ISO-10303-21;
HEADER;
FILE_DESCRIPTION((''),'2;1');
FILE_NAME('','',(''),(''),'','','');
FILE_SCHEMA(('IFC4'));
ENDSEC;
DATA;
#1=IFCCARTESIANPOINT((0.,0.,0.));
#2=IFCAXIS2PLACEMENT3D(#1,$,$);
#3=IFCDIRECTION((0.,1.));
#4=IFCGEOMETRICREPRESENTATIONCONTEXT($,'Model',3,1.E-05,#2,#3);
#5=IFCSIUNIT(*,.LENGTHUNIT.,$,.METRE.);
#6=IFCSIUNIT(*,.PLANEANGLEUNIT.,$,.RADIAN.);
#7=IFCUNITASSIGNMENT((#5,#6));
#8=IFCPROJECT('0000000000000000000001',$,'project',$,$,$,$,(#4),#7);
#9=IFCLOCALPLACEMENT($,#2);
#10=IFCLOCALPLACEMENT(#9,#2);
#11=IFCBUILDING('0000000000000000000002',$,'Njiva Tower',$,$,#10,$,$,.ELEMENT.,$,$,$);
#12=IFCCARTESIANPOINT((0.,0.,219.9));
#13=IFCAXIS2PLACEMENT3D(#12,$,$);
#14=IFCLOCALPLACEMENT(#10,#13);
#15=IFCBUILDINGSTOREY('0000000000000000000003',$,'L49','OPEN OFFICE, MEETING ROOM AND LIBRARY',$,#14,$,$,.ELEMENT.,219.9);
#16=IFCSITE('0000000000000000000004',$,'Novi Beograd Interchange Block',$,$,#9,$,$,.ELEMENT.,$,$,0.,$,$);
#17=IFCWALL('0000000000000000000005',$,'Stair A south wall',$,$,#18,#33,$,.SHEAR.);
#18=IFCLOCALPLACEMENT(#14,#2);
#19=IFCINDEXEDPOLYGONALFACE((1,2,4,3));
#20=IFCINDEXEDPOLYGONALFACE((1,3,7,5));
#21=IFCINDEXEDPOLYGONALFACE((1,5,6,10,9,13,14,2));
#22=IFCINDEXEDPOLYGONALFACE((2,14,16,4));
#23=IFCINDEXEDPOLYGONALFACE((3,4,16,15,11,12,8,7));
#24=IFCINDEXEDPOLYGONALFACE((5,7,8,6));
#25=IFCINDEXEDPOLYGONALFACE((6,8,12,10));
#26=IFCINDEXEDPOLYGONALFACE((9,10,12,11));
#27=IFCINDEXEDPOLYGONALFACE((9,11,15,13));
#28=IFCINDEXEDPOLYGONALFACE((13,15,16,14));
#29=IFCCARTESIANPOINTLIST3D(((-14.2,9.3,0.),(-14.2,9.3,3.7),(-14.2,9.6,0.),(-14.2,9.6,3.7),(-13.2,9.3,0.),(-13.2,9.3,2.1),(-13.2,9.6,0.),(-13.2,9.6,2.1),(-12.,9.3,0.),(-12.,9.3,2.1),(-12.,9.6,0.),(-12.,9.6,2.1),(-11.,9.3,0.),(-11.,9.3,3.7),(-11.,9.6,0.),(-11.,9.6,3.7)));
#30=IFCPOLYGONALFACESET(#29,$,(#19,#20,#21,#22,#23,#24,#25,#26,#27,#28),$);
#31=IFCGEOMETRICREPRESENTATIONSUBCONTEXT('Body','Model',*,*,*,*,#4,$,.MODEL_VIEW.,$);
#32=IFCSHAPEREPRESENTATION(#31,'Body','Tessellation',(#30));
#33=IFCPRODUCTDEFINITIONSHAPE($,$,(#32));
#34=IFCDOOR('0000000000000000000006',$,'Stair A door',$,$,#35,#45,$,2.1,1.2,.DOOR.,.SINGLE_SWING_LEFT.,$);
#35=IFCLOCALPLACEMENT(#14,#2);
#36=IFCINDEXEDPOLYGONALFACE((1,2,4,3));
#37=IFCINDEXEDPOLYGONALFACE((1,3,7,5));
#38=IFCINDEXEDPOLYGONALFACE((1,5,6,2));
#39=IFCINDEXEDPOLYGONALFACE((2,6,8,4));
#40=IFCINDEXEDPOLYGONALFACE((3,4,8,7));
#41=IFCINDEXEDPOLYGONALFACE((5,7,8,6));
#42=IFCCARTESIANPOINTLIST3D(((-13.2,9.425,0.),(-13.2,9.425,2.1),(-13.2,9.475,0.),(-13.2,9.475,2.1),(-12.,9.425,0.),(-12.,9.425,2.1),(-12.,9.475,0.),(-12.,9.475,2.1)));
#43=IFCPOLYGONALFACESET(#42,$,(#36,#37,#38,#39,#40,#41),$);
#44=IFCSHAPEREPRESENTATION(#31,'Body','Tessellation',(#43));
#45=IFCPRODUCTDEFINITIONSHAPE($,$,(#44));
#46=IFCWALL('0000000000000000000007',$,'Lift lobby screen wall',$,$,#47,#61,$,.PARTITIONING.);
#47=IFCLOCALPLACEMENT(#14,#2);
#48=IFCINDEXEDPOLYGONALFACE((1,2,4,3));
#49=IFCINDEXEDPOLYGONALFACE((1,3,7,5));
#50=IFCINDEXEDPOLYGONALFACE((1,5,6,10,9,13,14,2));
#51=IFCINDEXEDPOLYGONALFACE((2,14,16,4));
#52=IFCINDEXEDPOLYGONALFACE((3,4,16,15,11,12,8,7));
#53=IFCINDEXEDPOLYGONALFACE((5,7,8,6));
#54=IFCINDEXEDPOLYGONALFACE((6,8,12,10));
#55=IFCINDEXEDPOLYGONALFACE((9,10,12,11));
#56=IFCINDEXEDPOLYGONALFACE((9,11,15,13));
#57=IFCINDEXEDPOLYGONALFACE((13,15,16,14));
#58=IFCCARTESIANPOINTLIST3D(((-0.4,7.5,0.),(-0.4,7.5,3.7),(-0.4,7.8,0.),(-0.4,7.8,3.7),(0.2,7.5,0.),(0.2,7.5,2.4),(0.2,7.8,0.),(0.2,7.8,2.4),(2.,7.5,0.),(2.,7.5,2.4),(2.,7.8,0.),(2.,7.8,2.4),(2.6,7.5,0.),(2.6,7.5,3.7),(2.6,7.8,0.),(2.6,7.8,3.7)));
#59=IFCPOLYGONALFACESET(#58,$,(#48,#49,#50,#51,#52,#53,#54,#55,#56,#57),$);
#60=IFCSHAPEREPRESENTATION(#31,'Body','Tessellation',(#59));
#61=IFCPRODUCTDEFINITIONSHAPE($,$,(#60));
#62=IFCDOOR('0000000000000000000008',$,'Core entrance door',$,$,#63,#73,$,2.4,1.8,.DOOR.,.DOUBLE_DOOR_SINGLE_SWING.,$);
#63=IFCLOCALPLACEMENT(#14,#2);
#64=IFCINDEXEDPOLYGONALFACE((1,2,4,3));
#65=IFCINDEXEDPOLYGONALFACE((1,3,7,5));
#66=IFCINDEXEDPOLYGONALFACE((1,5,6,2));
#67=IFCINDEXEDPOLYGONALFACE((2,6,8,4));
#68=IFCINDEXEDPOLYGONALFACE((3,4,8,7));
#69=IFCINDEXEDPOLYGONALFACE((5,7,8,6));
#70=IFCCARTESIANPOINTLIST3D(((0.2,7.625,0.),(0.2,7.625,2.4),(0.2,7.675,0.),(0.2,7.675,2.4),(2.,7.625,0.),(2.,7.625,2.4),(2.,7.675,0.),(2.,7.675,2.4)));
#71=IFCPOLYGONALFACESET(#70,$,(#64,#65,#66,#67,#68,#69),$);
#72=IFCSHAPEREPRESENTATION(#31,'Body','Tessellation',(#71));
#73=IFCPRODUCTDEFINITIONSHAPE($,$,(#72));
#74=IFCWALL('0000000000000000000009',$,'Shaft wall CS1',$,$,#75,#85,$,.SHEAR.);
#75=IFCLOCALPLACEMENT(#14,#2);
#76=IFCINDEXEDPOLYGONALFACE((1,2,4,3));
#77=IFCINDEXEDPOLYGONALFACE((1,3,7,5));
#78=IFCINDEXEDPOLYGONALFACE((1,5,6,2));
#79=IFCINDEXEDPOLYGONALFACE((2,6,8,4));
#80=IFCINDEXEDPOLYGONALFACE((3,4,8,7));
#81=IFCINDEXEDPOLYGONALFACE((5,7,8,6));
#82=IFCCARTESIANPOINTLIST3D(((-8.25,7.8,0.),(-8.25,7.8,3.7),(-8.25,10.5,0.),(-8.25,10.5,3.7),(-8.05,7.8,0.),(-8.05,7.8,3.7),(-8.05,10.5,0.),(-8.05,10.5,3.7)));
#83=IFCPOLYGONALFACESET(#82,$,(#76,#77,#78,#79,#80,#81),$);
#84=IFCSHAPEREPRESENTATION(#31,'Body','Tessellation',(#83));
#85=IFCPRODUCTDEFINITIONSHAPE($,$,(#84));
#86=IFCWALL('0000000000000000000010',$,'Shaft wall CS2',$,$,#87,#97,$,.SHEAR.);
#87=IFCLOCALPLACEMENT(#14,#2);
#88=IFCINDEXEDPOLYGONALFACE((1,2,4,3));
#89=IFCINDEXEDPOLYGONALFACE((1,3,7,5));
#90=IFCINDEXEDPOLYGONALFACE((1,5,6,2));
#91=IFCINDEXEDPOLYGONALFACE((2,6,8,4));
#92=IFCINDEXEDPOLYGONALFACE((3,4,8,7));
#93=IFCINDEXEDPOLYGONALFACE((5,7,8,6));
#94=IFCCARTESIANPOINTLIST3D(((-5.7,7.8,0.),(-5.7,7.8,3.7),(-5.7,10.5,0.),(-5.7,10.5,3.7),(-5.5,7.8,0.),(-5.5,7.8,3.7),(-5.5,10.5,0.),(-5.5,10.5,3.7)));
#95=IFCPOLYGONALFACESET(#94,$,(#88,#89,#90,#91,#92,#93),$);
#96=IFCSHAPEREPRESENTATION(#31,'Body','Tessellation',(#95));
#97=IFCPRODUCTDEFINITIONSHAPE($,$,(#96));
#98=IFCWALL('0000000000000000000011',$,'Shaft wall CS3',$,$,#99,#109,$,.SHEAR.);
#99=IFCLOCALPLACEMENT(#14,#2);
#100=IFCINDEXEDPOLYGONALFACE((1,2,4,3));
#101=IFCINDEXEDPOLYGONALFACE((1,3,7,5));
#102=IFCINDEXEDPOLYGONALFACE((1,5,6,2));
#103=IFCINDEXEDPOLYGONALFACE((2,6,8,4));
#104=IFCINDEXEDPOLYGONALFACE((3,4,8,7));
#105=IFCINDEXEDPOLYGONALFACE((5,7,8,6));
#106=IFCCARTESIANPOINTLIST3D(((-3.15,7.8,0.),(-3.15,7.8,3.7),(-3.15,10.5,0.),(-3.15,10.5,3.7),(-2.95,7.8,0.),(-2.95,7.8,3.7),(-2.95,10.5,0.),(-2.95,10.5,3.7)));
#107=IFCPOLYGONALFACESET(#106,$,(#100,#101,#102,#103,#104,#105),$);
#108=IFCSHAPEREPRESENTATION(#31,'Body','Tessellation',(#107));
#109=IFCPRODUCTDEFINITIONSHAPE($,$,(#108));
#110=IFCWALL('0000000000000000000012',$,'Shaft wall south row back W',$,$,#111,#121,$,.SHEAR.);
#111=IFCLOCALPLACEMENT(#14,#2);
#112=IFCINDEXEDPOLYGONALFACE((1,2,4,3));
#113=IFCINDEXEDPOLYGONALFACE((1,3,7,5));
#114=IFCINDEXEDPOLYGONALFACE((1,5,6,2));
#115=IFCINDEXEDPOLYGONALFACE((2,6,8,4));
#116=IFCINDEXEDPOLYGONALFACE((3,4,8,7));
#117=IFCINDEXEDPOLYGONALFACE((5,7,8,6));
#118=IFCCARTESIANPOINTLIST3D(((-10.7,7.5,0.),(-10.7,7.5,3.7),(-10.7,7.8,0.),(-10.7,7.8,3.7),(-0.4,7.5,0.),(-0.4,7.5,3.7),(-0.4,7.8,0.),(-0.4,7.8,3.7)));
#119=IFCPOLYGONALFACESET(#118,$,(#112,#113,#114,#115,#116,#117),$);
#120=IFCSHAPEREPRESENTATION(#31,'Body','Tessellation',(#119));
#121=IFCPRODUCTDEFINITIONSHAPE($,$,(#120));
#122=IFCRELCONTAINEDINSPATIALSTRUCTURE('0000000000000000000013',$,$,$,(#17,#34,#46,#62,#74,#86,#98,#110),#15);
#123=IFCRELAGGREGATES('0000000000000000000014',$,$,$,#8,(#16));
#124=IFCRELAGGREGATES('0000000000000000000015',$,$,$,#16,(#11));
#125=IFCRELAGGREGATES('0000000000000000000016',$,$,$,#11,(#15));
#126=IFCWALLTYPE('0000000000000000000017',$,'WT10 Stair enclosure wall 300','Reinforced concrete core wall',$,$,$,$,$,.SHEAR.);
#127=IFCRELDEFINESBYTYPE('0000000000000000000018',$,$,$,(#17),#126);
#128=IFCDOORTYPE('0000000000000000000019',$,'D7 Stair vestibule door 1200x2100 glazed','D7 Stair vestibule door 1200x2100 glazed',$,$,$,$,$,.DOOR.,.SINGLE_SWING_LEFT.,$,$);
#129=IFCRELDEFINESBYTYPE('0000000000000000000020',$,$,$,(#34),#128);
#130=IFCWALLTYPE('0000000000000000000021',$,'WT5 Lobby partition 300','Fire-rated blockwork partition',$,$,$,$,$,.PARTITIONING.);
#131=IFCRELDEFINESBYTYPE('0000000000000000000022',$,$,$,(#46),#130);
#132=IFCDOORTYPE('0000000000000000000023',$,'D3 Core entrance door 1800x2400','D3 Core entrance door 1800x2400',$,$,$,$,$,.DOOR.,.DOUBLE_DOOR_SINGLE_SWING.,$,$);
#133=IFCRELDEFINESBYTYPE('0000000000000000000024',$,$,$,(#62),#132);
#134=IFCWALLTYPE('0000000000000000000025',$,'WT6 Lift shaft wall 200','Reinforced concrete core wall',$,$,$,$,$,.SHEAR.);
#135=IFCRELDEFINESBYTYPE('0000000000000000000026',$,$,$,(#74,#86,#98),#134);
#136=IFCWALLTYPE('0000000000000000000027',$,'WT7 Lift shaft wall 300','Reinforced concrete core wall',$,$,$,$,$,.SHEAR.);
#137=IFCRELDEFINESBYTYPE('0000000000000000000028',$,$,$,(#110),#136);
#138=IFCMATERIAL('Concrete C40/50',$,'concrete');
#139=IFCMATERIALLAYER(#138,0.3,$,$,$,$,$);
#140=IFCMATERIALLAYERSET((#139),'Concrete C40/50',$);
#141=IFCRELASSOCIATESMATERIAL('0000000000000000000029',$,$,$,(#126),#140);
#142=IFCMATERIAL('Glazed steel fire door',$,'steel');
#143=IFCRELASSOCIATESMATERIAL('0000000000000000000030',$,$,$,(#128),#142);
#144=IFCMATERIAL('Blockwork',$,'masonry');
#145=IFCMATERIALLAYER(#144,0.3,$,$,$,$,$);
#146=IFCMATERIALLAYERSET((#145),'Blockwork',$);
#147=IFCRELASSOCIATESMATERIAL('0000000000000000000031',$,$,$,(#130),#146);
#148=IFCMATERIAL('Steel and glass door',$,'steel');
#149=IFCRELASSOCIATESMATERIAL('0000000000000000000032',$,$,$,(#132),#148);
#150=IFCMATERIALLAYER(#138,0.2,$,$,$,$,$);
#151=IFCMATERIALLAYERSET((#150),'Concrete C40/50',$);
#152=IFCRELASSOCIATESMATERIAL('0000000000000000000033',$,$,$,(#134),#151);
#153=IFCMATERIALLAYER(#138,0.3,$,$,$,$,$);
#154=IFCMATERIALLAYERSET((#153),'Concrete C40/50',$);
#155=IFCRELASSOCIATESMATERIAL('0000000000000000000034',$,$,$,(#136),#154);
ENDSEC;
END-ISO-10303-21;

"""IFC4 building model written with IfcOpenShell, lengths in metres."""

from ifc_helpers import new_model, si_unit, direction, frame, frame_2d, origin, place, context, subcontext, project, spatial, rectangle, extrude, material, layer, layer_set, type_object, element, fill, save


model = new_model("IFC4")

# Units and contexts
model_context = context("Model", 3, precision=1e-05, world=origin(), true_north=direction((0.0, 1.0)))
body_context = subcontext(model_context, "Body", "Model", "MODEL_VIEW")
ifc_project = project(units=[si_unit("LENGTHUNIT", "METRE"), si_unit("PLANEANGLEUNIT", "RADIAN")], contexts=[model_context])

# Site, building, storey
site_placement = place(None, origin())
site = spatial("IfcSite", under=ifc_project, at=site_placement, Name="Novi Beograd Interchange Block", CompositionType="ELEMENT", RefElevation=0.0)
building_placement = place(site_placement, origin())
building = spatial("IfcBuilding", under=site, at=building_placement, Name="Njiva Tower", CompositionType="ELEMENT")
storey_placement = place(building_placement, frame((0.0, 0.0, 219.9)))
storey = spatial("IfcBuildingStorey", under=building, at=storey_placement, Name="L49", Description="OPEN OFFICE, MEETING ROOM AND LIBRARY", CompositionType="ELEMENT", Elevation=219.9)

# Shared definitions
ifc_material_1 = material(Name="Blockwork", Category="masonry")

# Shared definitions
ifc_material_2 = material(Name="Concrete C40/50", Category="concrete")
ifc_layer_1 = layer(ifc_material_2, 0.3)
ifc_layer_set_1 = layer_set([ifc_layer_1], Name="Concrete C40/50")
wall_type_1 = type_object("IfcWallType", Name="WT10 Stair enclosure wall 300", Description="Reinforced concrete core wall", PredefinedType="SHEAR", material=ifc_layer_set_1)
ifc_material_3 = material(Name="Glazed steel fire door", Category="steel")

# Walls, openings, doors
wall_1_placement = place(storey_placement, frame((-14.2, 9.45, 0.0), z_axis=(0.0, 0.0, 1.0), x_axis=(1.0, 0.0, 0.0)))
wall_1 = element("IfcWall", 1, at=wall_1_placement, inside=storey, type_object=wall_type_1, Name="Stair A south wall", PredefinedType="SHEAR", context=body_context, shape_type="SweptSolid", body=[
    extrude(rectangle(XDim=3.2, YDim=0.3, at=frame_2d((1.6, 0.0))), origin(), (0.0, 0.0, 1.0), 3.7),
])
opening_1_placement = place(wall_1_placement, frame((1.0, 0.0, 0.0)))
opening_1 = element("IfcOpeningElement", 2, at=opening_1_placement, cuts=wall_1, PredefinedType="OPENING", context=body_context, shape_type="SweptSolid", body=[
    extrude(rectangle(XDim=1.2, YDim=2.1, at=frame_2d((0.6, 1.05))), frame((0.0, 0.16, 0.0), z_axis=(0.0, -1.0, 0.0), x_axis=(1.0, 0.0, 0.0)), (0.0, 0.0, 1.0), 0.32),
])
door_type_1 = type_object("IfcDoorType", Name="D7 Stair vestibule door 1200x2100 glazed", Description="D7 Stair vestibule door 1200x2100 glazed", OperationType="SINGLE_SWING_LEFT", PredefinedType="DOOR", material=ifc_material_3)
door_1_placement = place(opening_1_placement, origin())
door_1 = element("IfcDoor", 3, at=door_1_placement, inside=storey, type_object=door_type_1, Name="Stair A door", OperationType="SINGLE_SWING_LEFT", OverallHeight=2.1, OverallWidth=1.2, PredefinedType="DOOR", context=body_context, shape_type="SweptSolid", body=[
    extrude(rectangle(XDim=1.2, YDim=2.1, at=frame_2d((0.6, 1.05))), frame((0.0, 0.025, 0.0), z_axis=(0.0, -1.0, 0.0), x_axis=(1.0, 0.0, 0.0)), (0.0, 0.0, 1.0), 0.05),
])
fill(opening_1, door_1)
ifc_layer_2 = layer(ifc_material_1, 0.3)
ifc_layer_set_2 = layer_set([ifc_layer_2], Name="Blockwork")
wall_type_2 = type_object("IfcWallType", Name="WT5 Lobby partition 300", Description="Fire-rated blockwork partition", PredefinedType="PARTITIONING", material=ifc_layer_set_2)
wall_2_placement = place(storey_placement, frame((-0.4, 7.65, 0.0), z_axis=(0.0, 0.0, 1.0), x_axis=(1.0, 0.0, 0.0)))
wall_2 = element("IfcWall", 4, at=wall_2_placement, inside=storey, type_object=wall_type_2, Name="Lift lobby screen wall", PredefinedType="PARTITIONING", context=body_context, shape_type="SweptSolid", body=[
    extrude(rectangle(XDim=3.0, YDim=0.3, at=frame_2d((1.5, 0.0))), origin(), (0.0, 0.0, 1.0), 3.7),
])
opening_2_placement = place(wall_2_placement, frame((0.6, 0.0, 0.0)))
opening_2 = element("IfcOpeningElement", 5, at=opening_2_placement, cuts=wall_2, PredefinedType="OPENING", context=body_context, shape_type="SweptSolid", body=[
    extrude(rectangle(XDim=1.8, YDim=2.4, at=frame_2d((0.9, 1.2))), frame((0.0, 0.16, 0.0), z_axis=(0.0, -1.0, 0.0), x_axis=(1.0, 0.0, 0.0)), (0.0, 0.0, 1.0), 0.32),
])
ifc_material_4 = material(Name="Steel and glass door", Category="steel")
door_type_2 = type_object("IfcDoorType", Name="D3 Core entrance door 1800x2400", Description="D3 Core entrance door 1800x2400", OperationType="DOUBLE_DOOR_SINGLE_SWING", PredefinedType="DOOR", material=ifc_material_4)
door_2_placement = place(opening_2_placement, origin())
door_2 = element("IfcDoor", 6, at=door_2_placement, inside=storey, type_object=door_type_2, Name="Core entrance door", OperationType="DOUBLE_DOOR_SINGLE_SWING", OverallHeight=2.4, OverallWidth=1.8, PredefinedType="DOOR", context=body_context, shape_type="SweptSolid", body=[
    extrude(rectangle(XDim=1.8, YDim=2.4, at=frame_2d((0.9, 1.2))), frame((0.0, 0.025, 0.0), z_axis=(0.0, -1.0, 0.0), x_axis=(1.0, 0.0, 0.0)), (0.0, 0.0, 1.0), 0.05),
])
fill(opening_2, door_2)

# Walls
ifc_layer_3 = layer(ifc_material_2, 0.2)
ifc_layer_set_3 = layer_set([ifc_layer_3], Name="Concrete C40/50")
wall_type_3 = type_object("IfcWallType", Name="WT6 Lift shaft wall 200", Description="Reinforced concrete core wall", PredefinedType="SHEAR", material=ifc_layer_set_3)
for number, where, z_axis, x_axis, name in (
    (7, (-8.15, 7.8, 0.0), (0.0, 0.0, 1.0), (0.0, 1.0, 0.0), "Shaft wall CS1"),
    (8, (-5.6, 7.8, 0.0), (0.0, 0.0, 1.0), (0.0, 1.0, 0.0), "Shaft wall CS2"),
    (9, (-3.05, 7.8, 0.0), (0.0, 0.0, 1.0), (0.0, 1.0, 0.0), "Shaft wall CS3"),
):
    element("IfcWall", number, at=place(storey_placement, frame(where, z_axis=z_axis, x_axis=x_axis)), inside=storey, type_object=wall_type_3, Name=name, PredefinedType="SHEAR", context=body_context, shape_type="SweptSolid", body=[
        extrude(rectangle(XDim=2.7, YDim=0.2, at=frame_2d((1.35, 0.0))), origin(), (0.0, 0.0, 1.0), 3.7),
    ])
ifc_layer_4 = layer(ifc_material_2, 0.3)
ifc_layer_set_4 = layer_set([ifc_layer_4], Name="Concrete C40/50")
wall_type_4 = type_object("IfcWallType", Name="WT7 Lift shaft wall 300", Description="Reinforced concrete core wall", PredefinedType="SHEAR", material=ifc_layer_set_4)
wall_3_placement = place(storey_placement, frame((-10.7, 7.65, 0.0), z_axis=(0.0, 0.0, 1.0), x_axis=(1.0, 0.0, 0.0)))
element("IfcWall", 10, at=wall_3_placement, inside=storey, type_object=wall_type_4, Name="Shaft wall south row back W", PredefinedType="SHEAR", context=body_context, shape_type="SweptSolid", body=[
    extrude(rectangle(XDim=10.3, YDim=0.3, at=frame_2d((5.15, 0.0))), origin(), (0.0, 0.0, 1.0), 3.7),
])

save(model, "model.ifc")
